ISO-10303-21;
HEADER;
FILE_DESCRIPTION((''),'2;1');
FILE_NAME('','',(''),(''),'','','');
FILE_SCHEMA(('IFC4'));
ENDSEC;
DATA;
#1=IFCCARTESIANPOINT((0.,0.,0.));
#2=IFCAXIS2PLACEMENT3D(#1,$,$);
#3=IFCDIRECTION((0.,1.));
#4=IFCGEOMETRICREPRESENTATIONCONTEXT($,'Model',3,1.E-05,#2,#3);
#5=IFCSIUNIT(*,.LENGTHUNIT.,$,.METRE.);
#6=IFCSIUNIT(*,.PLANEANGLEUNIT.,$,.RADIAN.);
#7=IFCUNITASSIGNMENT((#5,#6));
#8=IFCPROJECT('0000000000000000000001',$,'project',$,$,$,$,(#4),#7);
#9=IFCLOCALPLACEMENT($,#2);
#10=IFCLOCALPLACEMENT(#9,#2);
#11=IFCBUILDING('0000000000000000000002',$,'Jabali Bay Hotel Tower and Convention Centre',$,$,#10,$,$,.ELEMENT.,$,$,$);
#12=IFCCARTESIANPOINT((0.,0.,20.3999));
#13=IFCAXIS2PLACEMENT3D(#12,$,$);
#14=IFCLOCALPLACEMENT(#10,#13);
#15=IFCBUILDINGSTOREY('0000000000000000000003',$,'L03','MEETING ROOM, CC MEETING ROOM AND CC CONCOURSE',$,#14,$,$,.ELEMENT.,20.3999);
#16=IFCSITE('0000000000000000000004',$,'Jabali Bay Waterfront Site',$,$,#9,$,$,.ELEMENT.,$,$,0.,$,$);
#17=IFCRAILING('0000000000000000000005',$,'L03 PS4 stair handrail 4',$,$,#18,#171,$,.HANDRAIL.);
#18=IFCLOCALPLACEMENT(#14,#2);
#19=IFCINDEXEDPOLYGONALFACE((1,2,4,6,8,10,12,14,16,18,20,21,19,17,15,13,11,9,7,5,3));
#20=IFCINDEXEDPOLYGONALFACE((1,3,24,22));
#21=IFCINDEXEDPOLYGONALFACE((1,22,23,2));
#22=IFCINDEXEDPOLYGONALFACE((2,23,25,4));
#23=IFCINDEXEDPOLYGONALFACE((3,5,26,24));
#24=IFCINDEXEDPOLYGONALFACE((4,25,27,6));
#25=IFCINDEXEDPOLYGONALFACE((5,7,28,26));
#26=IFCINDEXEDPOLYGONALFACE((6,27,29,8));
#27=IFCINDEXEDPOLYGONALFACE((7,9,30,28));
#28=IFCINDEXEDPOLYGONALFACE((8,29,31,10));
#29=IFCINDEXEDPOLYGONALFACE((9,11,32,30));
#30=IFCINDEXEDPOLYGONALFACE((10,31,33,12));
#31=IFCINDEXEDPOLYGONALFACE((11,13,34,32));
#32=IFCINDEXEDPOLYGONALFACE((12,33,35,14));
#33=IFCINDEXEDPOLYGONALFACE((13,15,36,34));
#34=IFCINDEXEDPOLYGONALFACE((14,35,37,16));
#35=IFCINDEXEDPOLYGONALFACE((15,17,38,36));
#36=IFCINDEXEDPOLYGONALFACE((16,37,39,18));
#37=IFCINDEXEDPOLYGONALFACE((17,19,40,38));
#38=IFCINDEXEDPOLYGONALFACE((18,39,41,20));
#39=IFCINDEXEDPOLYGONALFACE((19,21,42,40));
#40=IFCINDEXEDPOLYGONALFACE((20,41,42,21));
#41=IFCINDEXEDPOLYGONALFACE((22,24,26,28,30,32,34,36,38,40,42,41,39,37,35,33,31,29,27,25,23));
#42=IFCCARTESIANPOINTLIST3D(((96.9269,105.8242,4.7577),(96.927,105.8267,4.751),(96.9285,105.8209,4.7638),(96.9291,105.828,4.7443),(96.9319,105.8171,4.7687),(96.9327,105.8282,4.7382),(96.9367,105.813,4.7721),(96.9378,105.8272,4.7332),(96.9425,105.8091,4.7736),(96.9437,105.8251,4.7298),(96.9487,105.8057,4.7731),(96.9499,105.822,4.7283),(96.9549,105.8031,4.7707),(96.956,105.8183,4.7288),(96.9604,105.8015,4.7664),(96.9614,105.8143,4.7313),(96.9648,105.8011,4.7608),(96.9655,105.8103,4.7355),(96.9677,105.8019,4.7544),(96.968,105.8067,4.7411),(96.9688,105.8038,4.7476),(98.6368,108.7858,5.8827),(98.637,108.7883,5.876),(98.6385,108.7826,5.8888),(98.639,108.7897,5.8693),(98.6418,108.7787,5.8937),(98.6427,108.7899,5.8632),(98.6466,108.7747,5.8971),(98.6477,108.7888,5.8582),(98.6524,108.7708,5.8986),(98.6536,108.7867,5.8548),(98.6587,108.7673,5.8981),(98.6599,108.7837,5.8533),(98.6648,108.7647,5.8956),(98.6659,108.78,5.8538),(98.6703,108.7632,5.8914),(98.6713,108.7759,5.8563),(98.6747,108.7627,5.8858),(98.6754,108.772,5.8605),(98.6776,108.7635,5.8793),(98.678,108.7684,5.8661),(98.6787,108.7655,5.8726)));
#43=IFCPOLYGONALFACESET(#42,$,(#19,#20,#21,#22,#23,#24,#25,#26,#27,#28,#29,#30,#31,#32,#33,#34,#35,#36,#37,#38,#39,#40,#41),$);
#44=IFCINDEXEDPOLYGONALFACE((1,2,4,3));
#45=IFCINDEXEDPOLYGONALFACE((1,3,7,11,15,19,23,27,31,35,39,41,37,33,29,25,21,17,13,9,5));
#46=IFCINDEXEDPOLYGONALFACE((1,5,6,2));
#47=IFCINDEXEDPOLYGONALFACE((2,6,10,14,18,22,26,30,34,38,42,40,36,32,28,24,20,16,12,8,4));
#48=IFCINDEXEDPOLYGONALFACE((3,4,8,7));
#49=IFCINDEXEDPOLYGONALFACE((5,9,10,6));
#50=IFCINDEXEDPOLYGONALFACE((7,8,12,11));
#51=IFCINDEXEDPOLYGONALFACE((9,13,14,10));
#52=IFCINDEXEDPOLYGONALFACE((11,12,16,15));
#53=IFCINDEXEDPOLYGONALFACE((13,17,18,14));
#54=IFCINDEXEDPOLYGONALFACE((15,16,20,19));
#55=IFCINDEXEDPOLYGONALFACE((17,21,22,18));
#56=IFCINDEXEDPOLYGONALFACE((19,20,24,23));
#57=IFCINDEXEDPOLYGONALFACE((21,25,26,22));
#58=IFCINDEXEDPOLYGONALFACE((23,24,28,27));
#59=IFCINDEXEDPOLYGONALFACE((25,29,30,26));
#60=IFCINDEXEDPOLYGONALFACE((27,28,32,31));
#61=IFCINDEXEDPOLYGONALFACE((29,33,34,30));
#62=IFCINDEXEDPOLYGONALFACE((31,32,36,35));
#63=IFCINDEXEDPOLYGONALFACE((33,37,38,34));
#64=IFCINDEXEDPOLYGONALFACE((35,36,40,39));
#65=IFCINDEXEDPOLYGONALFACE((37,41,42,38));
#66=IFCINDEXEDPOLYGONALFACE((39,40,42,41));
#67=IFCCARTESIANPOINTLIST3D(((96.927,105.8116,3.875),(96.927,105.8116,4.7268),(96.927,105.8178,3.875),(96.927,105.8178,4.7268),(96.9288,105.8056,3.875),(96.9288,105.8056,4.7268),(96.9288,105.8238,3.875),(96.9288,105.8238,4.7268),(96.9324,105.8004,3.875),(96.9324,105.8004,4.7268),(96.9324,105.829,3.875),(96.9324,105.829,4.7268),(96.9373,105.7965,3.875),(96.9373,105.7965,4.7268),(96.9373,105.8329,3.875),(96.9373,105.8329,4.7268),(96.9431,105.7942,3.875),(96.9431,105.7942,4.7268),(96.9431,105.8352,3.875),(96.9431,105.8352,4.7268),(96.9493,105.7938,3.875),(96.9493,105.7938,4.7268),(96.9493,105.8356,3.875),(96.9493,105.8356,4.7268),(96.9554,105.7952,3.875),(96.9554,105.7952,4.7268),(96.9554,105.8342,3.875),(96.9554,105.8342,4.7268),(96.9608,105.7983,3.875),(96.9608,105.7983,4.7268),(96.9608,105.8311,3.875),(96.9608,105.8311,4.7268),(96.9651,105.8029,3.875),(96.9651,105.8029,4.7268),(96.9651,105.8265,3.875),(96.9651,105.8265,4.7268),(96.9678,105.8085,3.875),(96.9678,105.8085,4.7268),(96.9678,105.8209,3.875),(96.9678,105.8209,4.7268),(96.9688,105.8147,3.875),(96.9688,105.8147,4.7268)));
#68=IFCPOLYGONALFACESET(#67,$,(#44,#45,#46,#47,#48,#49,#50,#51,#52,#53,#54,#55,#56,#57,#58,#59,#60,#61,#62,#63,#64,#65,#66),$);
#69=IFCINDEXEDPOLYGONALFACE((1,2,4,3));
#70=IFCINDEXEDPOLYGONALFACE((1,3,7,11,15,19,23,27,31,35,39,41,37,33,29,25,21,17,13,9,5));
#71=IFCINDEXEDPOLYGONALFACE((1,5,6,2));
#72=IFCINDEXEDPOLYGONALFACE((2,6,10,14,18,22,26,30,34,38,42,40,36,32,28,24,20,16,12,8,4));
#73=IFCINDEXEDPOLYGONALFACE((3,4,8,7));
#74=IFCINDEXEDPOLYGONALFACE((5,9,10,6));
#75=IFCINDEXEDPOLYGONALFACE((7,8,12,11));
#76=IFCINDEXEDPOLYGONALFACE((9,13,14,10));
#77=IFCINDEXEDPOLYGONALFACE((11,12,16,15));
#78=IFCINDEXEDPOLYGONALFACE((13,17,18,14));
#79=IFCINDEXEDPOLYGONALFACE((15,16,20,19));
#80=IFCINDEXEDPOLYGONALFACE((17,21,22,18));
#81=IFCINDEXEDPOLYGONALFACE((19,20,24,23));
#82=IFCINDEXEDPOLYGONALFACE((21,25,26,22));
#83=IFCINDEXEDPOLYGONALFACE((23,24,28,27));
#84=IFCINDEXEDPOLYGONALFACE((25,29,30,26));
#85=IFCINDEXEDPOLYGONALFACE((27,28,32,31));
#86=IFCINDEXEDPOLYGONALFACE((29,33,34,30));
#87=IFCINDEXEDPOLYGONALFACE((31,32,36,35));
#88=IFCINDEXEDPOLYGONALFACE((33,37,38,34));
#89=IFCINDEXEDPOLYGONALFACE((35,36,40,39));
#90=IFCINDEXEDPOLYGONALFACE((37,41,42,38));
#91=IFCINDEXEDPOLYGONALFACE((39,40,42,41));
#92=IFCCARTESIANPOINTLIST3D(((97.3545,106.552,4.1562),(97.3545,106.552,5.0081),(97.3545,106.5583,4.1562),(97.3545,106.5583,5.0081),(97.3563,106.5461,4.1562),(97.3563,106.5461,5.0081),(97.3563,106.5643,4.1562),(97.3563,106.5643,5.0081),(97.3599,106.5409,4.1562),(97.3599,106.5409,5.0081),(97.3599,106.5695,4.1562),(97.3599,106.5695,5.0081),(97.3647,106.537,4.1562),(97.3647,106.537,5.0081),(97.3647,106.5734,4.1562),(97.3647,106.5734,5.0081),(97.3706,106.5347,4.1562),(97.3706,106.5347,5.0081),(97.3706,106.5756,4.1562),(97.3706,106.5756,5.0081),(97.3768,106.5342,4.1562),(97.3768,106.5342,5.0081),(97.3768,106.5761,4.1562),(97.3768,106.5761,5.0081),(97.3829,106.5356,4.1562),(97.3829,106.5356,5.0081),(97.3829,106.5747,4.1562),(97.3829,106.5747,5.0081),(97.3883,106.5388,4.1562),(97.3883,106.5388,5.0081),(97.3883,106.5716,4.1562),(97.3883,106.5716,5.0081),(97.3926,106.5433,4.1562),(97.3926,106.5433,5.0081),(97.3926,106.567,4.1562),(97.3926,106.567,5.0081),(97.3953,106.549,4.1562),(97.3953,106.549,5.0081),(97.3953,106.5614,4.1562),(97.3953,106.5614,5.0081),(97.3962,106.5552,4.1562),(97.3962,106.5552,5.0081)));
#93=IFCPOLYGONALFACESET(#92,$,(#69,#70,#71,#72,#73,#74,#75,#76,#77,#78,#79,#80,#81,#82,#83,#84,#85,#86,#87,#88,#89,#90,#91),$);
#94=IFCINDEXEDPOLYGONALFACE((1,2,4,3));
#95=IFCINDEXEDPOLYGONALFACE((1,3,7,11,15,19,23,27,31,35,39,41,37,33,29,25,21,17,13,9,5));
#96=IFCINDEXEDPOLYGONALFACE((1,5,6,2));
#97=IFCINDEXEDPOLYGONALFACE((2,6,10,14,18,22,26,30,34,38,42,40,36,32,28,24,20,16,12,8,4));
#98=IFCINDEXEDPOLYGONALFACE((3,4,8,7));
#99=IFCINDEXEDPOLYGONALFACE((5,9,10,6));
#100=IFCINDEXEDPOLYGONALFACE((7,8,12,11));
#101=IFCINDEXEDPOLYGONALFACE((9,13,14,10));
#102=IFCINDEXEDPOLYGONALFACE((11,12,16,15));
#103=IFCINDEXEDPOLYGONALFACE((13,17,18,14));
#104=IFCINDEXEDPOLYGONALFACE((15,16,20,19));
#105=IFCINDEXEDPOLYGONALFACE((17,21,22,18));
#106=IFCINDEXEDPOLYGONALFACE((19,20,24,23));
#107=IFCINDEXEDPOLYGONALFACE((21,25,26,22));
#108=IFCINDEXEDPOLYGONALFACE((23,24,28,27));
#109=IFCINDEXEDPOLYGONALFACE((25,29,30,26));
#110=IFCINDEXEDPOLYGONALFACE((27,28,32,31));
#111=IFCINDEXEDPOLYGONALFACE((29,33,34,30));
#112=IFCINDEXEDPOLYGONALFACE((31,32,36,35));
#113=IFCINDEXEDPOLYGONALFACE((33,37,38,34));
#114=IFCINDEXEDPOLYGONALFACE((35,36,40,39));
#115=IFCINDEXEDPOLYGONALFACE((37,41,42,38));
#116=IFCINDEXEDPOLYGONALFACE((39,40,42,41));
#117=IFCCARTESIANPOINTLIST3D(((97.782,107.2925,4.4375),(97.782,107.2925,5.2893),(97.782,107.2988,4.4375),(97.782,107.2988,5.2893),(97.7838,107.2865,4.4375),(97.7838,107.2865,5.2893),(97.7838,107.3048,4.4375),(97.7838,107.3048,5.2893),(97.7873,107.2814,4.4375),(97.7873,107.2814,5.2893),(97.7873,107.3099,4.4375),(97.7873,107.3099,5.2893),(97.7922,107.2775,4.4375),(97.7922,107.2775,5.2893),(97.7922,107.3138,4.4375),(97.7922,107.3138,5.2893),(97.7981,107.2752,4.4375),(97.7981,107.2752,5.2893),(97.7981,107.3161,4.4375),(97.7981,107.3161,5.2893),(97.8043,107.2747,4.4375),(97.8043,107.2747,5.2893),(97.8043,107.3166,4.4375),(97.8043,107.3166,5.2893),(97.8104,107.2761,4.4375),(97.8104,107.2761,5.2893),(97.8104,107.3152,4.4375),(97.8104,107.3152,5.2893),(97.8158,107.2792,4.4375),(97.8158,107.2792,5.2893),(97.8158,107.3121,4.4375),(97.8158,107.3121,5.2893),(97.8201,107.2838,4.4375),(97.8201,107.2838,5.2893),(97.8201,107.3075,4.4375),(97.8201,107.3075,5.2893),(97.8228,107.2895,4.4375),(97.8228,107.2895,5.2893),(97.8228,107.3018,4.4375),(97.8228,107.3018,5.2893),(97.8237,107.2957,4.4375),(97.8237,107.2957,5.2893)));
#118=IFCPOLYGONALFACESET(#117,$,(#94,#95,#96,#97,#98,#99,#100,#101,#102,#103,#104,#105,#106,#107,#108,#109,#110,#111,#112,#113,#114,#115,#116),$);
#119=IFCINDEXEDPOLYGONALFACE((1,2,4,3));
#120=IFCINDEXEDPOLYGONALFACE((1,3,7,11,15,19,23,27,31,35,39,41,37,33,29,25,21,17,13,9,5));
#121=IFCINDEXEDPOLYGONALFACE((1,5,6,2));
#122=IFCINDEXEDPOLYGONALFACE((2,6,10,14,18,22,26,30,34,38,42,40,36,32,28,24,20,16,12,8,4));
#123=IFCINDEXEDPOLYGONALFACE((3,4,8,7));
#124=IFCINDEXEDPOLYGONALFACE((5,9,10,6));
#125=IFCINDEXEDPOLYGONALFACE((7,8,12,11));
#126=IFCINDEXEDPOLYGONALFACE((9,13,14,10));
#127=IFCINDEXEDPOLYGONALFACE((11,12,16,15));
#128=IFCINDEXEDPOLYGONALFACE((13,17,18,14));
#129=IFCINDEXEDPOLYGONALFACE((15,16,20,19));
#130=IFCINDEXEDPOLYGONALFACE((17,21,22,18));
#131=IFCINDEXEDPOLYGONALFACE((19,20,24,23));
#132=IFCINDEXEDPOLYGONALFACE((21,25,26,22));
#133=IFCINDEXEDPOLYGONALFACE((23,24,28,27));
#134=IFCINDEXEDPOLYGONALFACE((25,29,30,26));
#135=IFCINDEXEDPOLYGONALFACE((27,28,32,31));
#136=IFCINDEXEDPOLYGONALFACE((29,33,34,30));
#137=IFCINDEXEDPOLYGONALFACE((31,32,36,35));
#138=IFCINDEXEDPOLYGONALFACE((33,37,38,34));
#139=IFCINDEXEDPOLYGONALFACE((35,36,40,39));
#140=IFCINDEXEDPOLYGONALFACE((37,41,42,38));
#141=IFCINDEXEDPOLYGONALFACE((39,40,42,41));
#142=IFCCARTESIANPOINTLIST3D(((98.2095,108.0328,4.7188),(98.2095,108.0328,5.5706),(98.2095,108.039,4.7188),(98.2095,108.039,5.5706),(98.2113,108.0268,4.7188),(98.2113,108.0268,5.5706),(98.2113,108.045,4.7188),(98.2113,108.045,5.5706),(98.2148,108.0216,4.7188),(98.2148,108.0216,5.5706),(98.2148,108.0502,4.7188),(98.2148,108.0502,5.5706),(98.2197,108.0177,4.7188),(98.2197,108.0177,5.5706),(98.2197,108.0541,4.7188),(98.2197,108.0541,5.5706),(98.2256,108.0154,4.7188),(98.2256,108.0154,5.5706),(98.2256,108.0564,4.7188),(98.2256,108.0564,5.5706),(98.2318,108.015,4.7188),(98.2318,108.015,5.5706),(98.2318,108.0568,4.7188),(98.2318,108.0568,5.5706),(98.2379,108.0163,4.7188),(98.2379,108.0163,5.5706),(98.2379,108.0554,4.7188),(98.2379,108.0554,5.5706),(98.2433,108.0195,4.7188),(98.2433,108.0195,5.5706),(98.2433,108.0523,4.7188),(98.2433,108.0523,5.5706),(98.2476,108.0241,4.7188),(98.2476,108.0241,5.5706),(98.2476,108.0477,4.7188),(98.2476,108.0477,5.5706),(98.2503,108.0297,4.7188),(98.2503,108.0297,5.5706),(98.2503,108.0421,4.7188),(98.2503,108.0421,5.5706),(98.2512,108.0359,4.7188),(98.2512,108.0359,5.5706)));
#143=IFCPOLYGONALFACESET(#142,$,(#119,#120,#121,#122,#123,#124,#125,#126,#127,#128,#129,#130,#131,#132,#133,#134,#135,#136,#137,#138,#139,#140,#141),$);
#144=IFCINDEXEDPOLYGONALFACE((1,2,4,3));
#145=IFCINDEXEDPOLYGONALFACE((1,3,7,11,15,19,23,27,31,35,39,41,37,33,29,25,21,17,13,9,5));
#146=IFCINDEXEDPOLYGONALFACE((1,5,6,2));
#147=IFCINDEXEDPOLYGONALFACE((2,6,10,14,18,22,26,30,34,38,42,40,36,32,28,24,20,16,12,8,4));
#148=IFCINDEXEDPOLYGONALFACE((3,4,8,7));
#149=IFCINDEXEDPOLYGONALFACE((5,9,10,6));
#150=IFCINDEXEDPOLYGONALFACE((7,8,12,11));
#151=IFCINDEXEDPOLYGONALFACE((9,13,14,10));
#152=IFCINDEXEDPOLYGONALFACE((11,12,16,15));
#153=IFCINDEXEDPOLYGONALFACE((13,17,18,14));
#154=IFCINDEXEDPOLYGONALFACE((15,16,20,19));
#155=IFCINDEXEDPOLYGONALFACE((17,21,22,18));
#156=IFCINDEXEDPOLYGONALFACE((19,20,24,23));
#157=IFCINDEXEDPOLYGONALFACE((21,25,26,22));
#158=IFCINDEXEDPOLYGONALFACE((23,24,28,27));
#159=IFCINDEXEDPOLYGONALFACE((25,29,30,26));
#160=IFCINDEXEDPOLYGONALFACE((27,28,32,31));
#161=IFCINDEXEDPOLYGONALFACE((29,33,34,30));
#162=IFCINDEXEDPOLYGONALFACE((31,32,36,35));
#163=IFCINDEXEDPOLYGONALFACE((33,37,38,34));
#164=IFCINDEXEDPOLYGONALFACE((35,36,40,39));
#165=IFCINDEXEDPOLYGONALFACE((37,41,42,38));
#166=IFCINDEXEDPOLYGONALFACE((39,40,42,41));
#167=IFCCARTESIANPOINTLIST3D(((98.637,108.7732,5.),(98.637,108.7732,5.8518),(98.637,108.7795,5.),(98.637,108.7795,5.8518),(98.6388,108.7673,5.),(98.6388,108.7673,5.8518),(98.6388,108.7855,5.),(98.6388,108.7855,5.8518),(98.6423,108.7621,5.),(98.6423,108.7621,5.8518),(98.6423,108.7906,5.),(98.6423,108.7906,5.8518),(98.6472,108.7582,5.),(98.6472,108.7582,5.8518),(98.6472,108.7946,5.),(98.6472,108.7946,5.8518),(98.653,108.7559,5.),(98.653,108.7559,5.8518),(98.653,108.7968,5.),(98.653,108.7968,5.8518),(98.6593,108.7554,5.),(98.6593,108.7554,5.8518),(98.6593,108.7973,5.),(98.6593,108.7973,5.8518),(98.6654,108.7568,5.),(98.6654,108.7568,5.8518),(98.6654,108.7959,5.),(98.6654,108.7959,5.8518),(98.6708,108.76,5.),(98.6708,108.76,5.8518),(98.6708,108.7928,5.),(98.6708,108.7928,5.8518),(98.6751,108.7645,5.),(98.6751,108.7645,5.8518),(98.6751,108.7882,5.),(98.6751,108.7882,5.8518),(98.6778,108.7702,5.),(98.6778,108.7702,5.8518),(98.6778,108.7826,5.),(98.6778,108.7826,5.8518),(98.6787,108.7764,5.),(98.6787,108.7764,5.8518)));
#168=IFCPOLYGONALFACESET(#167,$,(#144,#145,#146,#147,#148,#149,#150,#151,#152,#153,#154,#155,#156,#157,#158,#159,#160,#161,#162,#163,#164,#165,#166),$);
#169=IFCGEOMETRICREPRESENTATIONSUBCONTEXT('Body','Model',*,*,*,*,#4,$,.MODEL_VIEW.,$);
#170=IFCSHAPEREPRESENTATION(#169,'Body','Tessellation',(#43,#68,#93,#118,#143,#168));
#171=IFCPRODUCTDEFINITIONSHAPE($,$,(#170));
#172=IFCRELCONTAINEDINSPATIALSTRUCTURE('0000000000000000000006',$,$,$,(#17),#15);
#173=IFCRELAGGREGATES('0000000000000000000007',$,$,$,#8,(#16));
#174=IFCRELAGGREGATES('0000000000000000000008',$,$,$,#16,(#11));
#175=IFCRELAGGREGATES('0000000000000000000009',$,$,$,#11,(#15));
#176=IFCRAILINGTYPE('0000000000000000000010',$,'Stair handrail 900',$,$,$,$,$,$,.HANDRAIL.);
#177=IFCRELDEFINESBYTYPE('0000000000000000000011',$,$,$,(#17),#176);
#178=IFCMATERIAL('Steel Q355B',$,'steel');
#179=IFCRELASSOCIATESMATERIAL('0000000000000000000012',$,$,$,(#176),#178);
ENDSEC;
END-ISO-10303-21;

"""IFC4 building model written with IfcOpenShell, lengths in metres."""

from ifc_helpers import new_model, si_unit, direction, frame, origin, origin_2d, place, context, subcontext, project, spatial, circle, extrude, material, type_object, element, save


model = new_model("IFC4")

# Units and contexts
model_context = context("Model", 3, precision=1e-05, world=origin(), true_north=direction((0.0, 1.0)))
body_context = subcontext(model_context, "Body", "Model", "MODEL_VIEW")
ifc_project = project(units=[si_unit("LENGTHUNIT", "METRE"), si_unit("PLANEANGLEUNIT", "RADIAN")], contexts=[model_context])

# Site, building, storey
site_placement = place(None, origin())
site = spatial("IfcSite", under=ifc_project, at=site_placement, Name="Jabali Bay Waterfront Site", CompositionType="ELEMENT", RefElevation=0.0)
building_placement = place(site_placement, origin())
building = spatial("IfcBuilding", under=site, at=building_placement, Name="Jabali Bay Hotel Tower and Convention Centre", CompositionType="ELEMENT")
storey_placement = place(building_placement, frame((0.0, 0.0, 20.3999)))
storey = spatial("IfcBuildingStorey", under=building, at=storey_placement, Name="L03", Description="MEETING ROOM, CC MEETING ROOM AND CC CONCOURSE", CompositionType="ELEMENT", Elevation=20.3999)

# Railing
ifc_material_1 = material(Name="Steel Q355B", Category="steel")
railing_type_1 = type_object("IfcRailingType", Name="Stair handrail 900", PredefinedType="HANDRAIL", material=ifc_material_1)
for number, where, name in (
    (1, (96.9478, 105.8147, 3.875), "L03 PS4 stair handrail 4"),
):
    element("IfcRailing", number, at=place(storey_placement, frame(where)), inside=storey, type_object=railing_type_1, Name=name, PredefinedType="HANDRAIL", context=body_context, shape_type="SweptSolid", body=[
        extrude(circle(Radius=0.0239, at=origin_2d()), frame((0.0, 0.0, 0.876), z_axis=(0.474969, 0.822652, 0.312487), x_axis=(-0.86602, 0.500009, 0.0)), (0.0, 0.0, 1.0), 3.6001),
        extrude(circle(Radius=0.021, at=origin_2d()), origin(), (0.0, 0.0, 1.0), 0.8518),
        extrude(circle(Radius=0.021, at=origin_2d()), frame((0.4275, 0.7405, 0.2812)), (0.0, 0.0, 1.0), 0.8518),
        extrude(circle(Radius=0.021, at=origin_2d()), frame((0.855, 1.481, 0.5625)), (0.0, 0.0, 1.0), 0.8518),
        extrude(circle(Radius=0.021, at=origin_2d()), frame((1.2825, 2.2212, 0.8438)), (0.0, 0.0, 1.0), 0.8518),
        extrude(circle(Radius=0.021, at=origin_2d()), frame((1.71, 2.9617, 1.125)), (0.0, 0.0, 1.0), 0.8518),
    ])

save(model, "model.ifc")
